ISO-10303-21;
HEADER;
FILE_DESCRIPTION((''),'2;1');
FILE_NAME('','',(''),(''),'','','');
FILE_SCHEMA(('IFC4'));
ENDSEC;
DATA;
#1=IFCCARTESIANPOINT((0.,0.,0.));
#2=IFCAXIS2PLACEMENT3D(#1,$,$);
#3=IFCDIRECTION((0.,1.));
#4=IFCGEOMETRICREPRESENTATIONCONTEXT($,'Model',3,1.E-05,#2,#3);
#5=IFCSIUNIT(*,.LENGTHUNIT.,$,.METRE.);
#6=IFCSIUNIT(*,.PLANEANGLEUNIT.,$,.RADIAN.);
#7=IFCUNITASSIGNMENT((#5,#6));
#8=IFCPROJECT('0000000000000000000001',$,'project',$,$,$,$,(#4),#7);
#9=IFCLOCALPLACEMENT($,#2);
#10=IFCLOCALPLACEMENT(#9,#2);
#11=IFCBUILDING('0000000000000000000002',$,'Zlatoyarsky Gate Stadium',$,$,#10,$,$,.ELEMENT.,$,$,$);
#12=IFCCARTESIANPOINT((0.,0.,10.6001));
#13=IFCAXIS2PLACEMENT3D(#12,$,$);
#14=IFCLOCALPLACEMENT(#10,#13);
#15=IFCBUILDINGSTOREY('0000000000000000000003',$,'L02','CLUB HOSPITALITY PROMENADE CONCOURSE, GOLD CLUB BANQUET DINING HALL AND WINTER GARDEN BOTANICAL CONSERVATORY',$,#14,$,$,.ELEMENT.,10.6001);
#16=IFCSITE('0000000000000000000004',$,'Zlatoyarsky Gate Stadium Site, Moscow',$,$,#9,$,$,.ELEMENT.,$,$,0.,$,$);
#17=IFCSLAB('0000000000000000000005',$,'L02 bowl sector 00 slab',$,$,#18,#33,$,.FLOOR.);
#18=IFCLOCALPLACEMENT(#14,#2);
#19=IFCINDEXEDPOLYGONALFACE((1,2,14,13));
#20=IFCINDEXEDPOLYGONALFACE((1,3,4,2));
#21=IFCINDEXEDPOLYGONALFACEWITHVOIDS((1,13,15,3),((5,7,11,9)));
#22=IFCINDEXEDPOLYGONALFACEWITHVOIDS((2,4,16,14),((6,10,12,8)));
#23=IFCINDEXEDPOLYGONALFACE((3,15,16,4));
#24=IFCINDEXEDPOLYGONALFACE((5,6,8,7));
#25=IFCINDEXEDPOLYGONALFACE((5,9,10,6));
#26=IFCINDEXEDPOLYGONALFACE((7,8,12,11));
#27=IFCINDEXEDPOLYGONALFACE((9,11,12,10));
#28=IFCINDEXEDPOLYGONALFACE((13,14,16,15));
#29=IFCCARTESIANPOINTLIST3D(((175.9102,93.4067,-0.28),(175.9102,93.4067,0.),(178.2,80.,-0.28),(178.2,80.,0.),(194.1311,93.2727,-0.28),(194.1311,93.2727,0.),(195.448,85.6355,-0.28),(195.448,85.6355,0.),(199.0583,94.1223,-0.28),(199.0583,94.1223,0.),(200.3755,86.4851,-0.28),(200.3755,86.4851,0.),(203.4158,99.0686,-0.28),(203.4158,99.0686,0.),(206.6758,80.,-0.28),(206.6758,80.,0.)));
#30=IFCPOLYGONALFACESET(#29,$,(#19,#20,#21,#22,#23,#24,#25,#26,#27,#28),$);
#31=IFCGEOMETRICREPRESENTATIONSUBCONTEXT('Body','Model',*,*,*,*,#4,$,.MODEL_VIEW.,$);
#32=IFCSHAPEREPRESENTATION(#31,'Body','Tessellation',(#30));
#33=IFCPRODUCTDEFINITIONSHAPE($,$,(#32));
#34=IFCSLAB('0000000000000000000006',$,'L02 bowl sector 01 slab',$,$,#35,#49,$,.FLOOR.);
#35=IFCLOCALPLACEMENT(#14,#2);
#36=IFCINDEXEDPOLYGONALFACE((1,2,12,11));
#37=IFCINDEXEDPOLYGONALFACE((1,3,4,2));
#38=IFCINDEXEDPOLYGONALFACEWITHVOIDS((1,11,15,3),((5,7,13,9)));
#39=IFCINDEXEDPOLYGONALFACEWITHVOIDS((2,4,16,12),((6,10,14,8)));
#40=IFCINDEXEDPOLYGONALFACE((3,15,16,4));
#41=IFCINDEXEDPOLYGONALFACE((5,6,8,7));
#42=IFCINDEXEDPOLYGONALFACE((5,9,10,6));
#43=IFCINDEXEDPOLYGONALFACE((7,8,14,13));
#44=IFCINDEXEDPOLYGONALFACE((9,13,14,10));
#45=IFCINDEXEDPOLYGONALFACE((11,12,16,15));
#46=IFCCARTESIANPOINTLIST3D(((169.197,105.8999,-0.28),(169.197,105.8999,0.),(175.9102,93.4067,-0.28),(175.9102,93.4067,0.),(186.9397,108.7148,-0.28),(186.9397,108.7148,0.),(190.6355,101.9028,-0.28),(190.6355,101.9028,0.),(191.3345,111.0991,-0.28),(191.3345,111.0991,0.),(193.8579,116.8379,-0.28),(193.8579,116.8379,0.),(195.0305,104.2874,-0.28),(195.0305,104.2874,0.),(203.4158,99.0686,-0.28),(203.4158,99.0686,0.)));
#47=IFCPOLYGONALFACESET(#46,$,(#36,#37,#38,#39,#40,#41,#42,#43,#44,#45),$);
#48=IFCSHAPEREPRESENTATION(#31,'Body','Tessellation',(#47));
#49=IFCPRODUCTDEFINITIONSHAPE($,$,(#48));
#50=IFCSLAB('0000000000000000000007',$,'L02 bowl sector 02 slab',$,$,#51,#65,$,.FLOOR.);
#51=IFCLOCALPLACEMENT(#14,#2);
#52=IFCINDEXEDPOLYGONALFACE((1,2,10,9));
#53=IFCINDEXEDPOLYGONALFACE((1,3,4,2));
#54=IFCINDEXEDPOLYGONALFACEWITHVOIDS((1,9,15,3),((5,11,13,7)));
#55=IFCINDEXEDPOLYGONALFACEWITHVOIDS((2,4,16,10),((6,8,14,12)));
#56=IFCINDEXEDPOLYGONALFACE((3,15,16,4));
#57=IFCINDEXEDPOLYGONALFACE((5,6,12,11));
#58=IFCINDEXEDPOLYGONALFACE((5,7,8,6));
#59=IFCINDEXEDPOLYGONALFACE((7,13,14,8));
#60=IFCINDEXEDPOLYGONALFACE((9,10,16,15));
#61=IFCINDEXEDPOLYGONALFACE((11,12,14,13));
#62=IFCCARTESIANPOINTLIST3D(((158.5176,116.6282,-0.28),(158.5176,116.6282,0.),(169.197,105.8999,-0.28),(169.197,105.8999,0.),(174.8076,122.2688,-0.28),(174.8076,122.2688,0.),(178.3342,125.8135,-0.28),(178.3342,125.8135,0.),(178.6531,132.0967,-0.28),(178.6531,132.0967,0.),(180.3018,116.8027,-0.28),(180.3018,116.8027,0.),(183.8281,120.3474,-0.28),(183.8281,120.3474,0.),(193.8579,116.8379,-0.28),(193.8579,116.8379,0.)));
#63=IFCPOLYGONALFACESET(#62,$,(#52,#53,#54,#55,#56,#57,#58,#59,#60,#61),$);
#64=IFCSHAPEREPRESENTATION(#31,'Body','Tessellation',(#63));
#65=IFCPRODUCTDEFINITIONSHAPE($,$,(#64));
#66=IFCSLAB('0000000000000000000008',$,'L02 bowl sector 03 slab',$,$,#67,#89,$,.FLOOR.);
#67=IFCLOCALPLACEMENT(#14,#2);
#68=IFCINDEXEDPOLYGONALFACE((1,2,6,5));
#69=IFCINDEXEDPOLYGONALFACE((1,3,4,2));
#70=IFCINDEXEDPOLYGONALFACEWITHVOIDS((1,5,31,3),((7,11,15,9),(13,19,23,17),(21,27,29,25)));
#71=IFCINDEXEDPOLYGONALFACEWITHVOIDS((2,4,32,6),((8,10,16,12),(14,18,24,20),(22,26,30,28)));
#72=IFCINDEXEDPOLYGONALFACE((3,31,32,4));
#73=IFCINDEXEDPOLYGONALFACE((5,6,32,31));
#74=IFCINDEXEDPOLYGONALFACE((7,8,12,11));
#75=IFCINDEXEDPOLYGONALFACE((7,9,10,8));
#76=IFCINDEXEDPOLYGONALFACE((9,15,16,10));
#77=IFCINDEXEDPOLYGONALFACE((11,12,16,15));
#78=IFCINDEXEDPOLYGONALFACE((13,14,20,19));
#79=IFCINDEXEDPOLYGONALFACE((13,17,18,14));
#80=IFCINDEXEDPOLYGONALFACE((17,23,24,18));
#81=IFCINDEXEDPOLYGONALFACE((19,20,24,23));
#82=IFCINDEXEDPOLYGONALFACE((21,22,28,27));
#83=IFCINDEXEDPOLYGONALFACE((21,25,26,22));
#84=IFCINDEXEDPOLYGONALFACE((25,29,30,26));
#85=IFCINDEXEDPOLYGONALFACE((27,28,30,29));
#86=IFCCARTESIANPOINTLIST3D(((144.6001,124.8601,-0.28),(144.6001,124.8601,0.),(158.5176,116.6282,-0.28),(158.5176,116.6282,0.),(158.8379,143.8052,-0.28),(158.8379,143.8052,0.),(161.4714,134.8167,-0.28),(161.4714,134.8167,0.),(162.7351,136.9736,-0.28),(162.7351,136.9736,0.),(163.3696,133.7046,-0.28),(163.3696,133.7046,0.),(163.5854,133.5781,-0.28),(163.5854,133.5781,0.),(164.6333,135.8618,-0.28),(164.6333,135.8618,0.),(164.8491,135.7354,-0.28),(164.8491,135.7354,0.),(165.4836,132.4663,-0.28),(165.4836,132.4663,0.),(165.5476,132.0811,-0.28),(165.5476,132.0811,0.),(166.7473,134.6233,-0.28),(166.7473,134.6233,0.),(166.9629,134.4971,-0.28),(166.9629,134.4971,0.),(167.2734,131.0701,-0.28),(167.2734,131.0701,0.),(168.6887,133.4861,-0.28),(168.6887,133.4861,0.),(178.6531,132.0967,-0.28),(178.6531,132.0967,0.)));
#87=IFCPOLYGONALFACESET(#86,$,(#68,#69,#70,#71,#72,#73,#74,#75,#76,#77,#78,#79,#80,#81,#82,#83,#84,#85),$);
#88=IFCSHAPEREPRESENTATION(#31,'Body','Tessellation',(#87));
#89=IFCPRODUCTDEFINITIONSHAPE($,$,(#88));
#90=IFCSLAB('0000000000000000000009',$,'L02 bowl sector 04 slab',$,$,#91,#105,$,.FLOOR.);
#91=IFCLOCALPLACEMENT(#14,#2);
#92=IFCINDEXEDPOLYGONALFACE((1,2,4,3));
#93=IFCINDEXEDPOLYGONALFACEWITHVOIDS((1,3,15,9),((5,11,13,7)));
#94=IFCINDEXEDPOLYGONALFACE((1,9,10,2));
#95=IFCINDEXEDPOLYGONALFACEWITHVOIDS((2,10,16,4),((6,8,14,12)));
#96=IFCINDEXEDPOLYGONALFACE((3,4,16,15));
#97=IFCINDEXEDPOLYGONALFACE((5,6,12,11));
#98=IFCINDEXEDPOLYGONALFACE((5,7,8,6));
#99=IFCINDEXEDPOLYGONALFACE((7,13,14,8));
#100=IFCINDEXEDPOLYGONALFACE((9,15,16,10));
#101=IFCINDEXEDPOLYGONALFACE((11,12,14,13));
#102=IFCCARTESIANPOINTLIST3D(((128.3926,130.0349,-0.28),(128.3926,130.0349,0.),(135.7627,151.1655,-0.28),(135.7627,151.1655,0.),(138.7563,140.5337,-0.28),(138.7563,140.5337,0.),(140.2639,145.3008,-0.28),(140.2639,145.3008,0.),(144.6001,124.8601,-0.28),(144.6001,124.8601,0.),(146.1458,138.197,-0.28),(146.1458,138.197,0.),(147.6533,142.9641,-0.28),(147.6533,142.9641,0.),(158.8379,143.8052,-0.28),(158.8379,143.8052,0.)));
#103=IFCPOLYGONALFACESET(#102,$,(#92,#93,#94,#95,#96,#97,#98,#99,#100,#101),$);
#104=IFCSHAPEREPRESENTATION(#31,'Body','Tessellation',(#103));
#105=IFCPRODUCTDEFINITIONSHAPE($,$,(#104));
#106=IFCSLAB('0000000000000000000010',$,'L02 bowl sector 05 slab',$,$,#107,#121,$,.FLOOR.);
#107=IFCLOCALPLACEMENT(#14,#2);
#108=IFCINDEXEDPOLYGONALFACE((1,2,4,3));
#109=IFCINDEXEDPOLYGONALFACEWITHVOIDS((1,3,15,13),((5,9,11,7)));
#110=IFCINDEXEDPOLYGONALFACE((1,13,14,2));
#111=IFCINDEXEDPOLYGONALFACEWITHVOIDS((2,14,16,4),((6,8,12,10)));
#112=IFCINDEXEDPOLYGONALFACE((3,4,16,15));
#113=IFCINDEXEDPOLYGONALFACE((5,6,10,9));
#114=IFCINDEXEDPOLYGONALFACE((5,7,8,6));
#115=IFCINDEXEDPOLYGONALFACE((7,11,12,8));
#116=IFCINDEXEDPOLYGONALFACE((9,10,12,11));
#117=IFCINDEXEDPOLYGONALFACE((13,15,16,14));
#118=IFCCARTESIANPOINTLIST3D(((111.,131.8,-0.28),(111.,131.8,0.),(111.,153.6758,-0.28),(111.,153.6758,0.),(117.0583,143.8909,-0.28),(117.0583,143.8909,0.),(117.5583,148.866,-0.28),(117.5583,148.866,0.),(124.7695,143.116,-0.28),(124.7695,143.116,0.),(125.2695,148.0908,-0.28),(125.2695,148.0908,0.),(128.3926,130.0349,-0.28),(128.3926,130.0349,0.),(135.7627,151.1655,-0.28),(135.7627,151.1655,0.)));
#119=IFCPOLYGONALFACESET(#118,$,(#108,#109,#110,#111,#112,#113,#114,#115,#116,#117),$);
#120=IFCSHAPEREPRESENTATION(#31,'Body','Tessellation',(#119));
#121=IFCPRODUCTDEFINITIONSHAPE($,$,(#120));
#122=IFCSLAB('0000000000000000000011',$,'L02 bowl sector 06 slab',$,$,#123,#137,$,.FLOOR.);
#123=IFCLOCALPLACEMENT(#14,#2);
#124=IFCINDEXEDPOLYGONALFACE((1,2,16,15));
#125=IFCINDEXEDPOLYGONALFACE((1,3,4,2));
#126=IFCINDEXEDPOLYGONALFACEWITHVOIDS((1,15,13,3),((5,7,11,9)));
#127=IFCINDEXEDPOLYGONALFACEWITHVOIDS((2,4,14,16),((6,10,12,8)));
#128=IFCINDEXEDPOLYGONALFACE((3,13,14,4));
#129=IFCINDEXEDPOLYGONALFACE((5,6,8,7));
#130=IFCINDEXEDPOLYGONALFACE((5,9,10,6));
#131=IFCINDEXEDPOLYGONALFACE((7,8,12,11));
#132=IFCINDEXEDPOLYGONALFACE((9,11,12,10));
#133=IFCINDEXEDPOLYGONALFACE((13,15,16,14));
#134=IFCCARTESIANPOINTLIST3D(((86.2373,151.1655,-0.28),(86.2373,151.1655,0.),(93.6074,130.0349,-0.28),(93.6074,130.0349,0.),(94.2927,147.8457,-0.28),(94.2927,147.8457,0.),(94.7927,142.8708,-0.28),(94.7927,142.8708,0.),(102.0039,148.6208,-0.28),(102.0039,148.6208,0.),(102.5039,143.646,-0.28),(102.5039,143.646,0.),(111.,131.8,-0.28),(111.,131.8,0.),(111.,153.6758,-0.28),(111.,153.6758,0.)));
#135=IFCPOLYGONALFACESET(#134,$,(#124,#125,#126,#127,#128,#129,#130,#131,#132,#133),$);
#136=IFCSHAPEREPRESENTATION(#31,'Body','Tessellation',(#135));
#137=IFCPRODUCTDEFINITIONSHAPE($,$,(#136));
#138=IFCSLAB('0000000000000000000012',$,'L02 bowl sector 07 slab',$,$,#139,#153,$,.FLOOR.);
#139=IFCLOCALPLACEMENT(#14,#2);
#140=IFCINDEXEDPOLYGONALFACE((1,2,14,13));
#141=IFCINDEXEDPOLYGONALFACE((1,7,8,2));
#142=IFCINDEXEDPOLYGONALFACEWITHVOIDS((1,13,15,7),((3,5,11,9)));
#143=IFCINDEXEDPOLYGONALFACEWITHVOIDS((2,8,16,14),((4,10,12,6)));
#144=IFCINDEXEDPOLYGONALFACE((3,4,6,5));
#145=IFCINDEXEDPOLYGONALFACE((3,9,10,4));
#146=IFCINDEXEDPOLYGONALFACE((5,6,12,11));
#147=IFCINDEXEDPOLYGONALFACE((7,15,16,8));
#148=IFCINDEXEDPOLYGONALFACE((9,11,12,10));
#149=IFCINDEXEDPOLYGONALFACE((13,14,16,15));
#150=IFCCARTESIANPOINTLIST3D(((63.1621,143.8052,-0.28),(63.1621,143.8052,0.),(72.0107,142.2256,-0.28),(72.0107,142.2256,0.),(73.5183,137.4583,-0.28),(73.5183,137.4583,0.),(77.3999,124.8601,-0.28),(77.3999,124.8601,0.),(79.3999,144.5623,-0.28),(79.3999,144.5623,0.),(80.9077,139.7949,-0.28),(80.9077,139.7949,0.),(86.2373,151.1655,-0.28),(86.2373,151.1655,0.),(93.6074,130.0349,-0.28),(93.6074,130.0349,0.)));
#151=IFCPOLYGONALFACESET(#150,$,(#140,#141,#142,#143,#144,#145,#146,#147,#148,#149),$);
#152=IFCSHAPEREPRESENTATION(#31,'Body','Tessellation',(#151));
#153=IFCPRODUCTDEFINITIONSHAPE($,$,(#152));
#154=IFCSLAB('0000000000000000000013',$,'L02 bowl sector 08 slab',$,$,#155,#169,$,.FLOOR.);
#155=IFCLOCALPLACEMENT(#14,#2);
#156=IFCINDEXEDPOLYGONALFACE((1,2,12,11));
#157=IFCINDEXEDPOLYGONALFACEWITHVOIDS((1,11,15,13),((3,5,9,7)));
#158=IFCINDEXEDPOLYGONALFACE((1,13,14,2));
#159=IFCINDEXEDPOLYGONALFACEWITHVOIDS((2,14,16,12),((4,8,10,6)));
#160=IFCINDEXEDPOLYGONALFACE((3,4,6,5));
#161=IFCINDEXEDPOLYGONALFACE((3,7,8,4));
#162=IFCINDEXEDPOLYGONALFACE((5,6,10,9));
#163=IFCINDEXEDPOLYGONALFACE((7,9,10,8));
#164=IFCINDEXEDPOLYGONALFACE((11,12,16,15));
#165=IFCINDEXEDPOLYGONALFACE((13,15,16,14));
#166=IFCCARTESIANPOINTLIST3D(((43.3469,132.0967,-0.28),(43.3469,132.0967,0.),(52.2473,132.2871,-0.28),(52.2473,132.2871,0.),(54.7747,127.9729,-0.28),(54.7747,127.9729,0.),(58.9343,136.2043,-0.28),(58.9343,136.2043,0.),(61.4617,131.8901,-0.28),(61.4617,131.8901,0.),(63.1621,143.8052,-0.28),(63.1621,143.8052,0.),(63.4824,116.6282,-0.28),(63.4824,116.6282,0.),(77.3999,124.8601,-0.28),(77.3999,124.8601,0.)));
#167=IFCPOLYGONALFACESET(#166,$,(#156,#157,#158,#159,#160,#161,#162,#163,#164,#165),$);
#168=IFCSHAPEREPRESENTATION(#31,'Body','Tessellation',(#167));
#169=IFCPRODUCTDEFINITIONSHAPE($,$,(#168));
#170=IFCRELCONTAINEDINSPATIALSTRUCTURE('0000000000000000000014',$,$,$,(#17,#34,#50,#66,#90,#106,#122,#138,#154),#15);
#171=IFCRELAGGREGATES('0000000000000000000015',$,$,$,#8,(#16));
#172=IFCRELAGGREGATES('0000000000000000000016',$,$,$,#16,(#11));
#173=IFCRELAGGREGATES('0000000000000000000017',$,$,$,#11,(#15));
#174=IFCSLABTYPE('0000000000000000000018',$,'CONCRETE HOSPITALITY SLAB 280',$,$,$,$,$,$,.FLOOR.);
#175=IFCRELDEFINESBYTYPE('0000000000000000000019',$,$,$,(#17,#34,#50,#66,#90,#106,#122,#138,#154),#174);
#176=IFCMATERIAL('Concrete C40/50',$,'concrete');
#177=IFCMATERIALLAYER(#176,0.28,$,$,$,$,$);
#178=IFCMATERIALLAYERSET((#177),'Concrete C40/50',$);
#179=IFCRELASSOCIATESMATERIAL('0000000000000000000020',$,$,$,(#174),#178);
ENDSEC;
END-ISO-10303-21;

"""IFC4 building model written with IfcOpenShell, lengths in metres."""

from ifc_helpers import new_model, si_unit, direction, frame, origin, place, context, subcontext, project, spatial, polyline, outline, extrude, material, layer, layer_set, type_object, element, save


model = new_model("IFC4")

# Units and contexts
model_context = context("Model", 3, precision=1e-05, world=origin(), true_north=direction((0.0, 1.0)))
body_context = subcontext(model_context, "Body", "Model", "MODEL_VIEW")
ifc_project = project(units=[si_unit("LENGTHUNIT", "METRE"), si_unit("PLANEANGLEUNIT", "RADIAN")], contexts=[model_context])

# Site, building, storey
site_placement = place(None, origin())
site = spatial("IfcSite", under=ifc_project, at=site_placement, Name="Zlatoyarsky Gate Stadium Site, Moscow", CompositionType="ELEMENT", RefElevation=0.0)
building_placement = place(site_placement, origin())
building = spatial("IfcBuilding", under=site, at=building_placement, Name="Zlatoyarsky Gate Stadium", CompositionType="ELEMENT")
storey_placement = place(building_placement, frame((0.0, 0.0, 10.6001)))
storey = spatial("IfcBuildingStorey", under=building, at=storey_placement, Name="L02", Description="CLUB HOSPITALITY PROMENADE CONCOURSE, GOLD CLUB BANQUET DINING HALL AND WINTER GARDEN BOTANICAL CONSERVATORY", CompositionType="ELEMENT", Elevation=10.6001)

# Slabs
ifc_material = material(Name="Concrete C40/50", Category="concrete")
ifc_layer = layer(ifc_material, 0.28)
ifc_layer_set = layer_set([ifc_layer], Name="Concrete C40/50")
slab_type = type_object("IfcSlabType", Name="CONCRETE HOSPITALITY SLAB 280", PredefinedType="FLOOR", material=ifc_layer_set)
slab_1_placement = place(storey_placement, frame((0.0, 0.0, -0.28)))
element("IfcSlab", 1, at=slab_1_placement, inside=storey, type_object=slab_type, Name="L02 bowl sector 00 slab", PredefinedType="FLOOR", context=body_context, shape_type="SweptSolid", body=[
    extrude(outline(polyline([(175.9102, 93.4067), (203.4158, 99.0686), (206.6758, 80.0), (178.2, 80.0), (175.9102, 93.4067)]), holes=[polyline([(200.3755, 86.4851), (199.0583, 94.1223), (194.1311, 93.2727), (195.448, 85.6355), (200.3755, 86.4851)])]), origin(), (0.0, 0.0, 1.0), 0.28),
])
slab_2_placement = place(storey_placement, frame((0.0, 0.0, -0.28)))
element("IfcSlab", 2, at=slab_2_placement, inside=storey, type_object=slab_type, Name="L02 bowl sector 01 slab", PredefinedType="FLOOR", context=body_context, shape_type="SweptSolid", body=[
    extrude(outline(polyline([(169.197, 105.8999), (193.8579, 116.8379), (203.4158, 99.0686), (175.9102, 93.4067), (169.197, 105.8999)]), holes=[polyline([(195.0305, 104.2874), (191.3345, 111.0991), (186.9397, 108.7148), (190.6355, 101.9028), (195.0305, 104.2874)])]), origin(), (0.0, 0.0, 1.0), 0.28),
])
slab_3_placement = place(storey_placement, frame((0.0, 0.0, -0.28)))
element("IfcSlab", 3, at=slab_3_placement, inside=storey, type_object=slab_type, Name="L02 bowl sector 02 slab", PredefinedType="FLOOR", context=body_context, shape_type="SweptSolid", body=[
    extrude(outline(polyline([(158.5176, 116.6282), (178.6531, 132.0967), (193.8579, 116.8379), (169.197, 105.8999), (158.5176, 116.6282)]), holes=[polyline([(183.8281, 120.3474), (178.3342, 125.8135), (174.8076, 122.2688), (180.3018, 116.8027), (183.8281, 120.3474)])]), origin(), (0.0, 0.0, 1.0), 0.28),
])
slab_4_placement = place(storey_placement, frame((0.0, 0.0, -0.28)))
element("IfcSlab", 4, at=slab_4_placement, inside=storey, type_object=slab_type, Name="L02 bowl sector 03 slab", PredefinedType="FLOOR", context=body_context, shape_type="SweptSolid", body=[
    extrude(outline(polyline([(144.6001, 124.8601), (158.8379, 143.8052), (178.6531, 132.0967), (158.5176, 116.6282), (144.6001, 124.8601)]), holes=[polyline([(167.2734, 131.0701), (168.6887, 133.4861), (166.9629, 134.4971), (165.5476, 132.0811), (167.2734, 131.0701)]), polyline([(165.4836, 132.4663), (166.7473, 134.6233), (164.8491, 135.7354), (163.5854, 133.5781), (165.4836, 132.4663)]), polyline([(164.6333, 135.8618), (162.7351, 136.9736), (161.4714, 134.8167), (163.3696, 133.7046), (164.6333, 135.8618)])]), origin(), (0.0, 0.0, 1.0), 0.28),
])
slab_5_placement = place(storey_placement, frame((0.0, 0.0, -0.28)))
element("IfcSlab", 5, at=slab_5_placement, inside=storey, type_object=slab_type, Name="L02 bowl sector 04 slab", PredefinedType="FLOOR", context=body_context, shape_type="SweptSolid", body=[
    extrude(outline(polyline([(128.3926, 130.0349), (135.7627, 151.1655), (158.8379, 143.8052), (144.6001, 124.8601), (128.3926, 130.0349)]), holes=[polyline([(147.6533, 142.9641), (140.2639, 145.3008), (138.7563, 140.5337), (146.1458, 138.197), (147.6533, 142.9641)])]), origin(), (0.0, 0.0, 1.0), 0.28),
])
slab_6_placement = place(storey_placement, frame((0.0, 0.0, -0.28)))
element("IfcSlab", 6, at=slab_6_placement, inside=storey, type_object=slab_type, Name="L02 bowl sector 05 slab", PredefinedType="FLOOR", context=body_context, shape_type="SweptSolid", body=[
    extrude(outline(polyline([(111.0, 131.8), (111.0, 153.6758), (135.7627, 151.1655), (128.3926, 130.0349), (111.0, 131.8)]), holes=[polyline([(124.7695, 143.116), (125.2695, 148.0908), (117.5583, 148.866), (117.0583, 143.8909), (124.7695, 143.116)])]), origin(), (0.0, 0.0, 1.0), 0.28),
])
slab_7_placement = place(storey_placement, frame((0.0, 0.0, -0.28)))
element("IfcSlab", 7, at=slab_7_placement, inside=storey, type_object=slab_type, Name="L02 bowl sector 06 slab", PredefinedType="FLOOR", context=body_context, shape_type="SweptSolid", body=[
    extrude(outline(polyline([(93.6074, 130.0349), (86.2373, 151.1655), (111.0, 153.6758), (111.0, 131.8), (93.6074, 130.0349)]), holes=[polyline([(102.0039, 148.6208), (94.2927, 147.8457), (94.7927, 142.8708), (102.5039, 143.646), (102.0039, 148.6208)])]), origin(), (0.0, 0.0, 1.0), 0.28),
])
slab_8_placement = place(storey_placement, frame((0.0, 0.0, -0.28)))
element("IfcSlab", 8, at=slab_8_placement, inside=storey, type_object=slab_type, Name="L02 bowl sector 07 slab", PredefinedType="FLOOR", context=body_context, shape_type="SweptSolid", body=[
    extrude(outline(polyline([(77.3999, 124.8601), (63.1621, 143.8052), (86.2373, 151.1655), (93.6074, 130.0349), (77.3999, 124.8601)]), holes=[polyline([(79.3999, 144.5623), (72.0107, 142.2256), (73.5183, 137.4583), (80.9077, 139.7949), (79.3999, 144.5623)])]), origin(), (0.0, 0.0, 1.0), 0.28),
])
slab_9_placement = place(storey_placement, frame((0.0, 0.0, -0.28)))
element("IfcSlab", 9, at=slab_9_placement, inside=storey, type_object=slab_type, Name="L02 bowl sector 08 slab", PredefinedType="FLOOR", context=body_context, shape_type="SweptSolid", body=[
    extrude(outline(polyline([(63.4824, 116.6282), (43.3469, 132.0967), (63.1621, 143.8052), (77.3999, 124.8601), (63.4824, 116.6282)]), holes=[polyline([(58.9343, 136.2043), (52.2473, 132.2871), (54.7747, 127.9729), (61.4617, 131.8901), (58.9343, 136.2043)])]), origin(), (0.0, 0.0, 1.0), 0.28),
])

save(model, "model.ifc")
